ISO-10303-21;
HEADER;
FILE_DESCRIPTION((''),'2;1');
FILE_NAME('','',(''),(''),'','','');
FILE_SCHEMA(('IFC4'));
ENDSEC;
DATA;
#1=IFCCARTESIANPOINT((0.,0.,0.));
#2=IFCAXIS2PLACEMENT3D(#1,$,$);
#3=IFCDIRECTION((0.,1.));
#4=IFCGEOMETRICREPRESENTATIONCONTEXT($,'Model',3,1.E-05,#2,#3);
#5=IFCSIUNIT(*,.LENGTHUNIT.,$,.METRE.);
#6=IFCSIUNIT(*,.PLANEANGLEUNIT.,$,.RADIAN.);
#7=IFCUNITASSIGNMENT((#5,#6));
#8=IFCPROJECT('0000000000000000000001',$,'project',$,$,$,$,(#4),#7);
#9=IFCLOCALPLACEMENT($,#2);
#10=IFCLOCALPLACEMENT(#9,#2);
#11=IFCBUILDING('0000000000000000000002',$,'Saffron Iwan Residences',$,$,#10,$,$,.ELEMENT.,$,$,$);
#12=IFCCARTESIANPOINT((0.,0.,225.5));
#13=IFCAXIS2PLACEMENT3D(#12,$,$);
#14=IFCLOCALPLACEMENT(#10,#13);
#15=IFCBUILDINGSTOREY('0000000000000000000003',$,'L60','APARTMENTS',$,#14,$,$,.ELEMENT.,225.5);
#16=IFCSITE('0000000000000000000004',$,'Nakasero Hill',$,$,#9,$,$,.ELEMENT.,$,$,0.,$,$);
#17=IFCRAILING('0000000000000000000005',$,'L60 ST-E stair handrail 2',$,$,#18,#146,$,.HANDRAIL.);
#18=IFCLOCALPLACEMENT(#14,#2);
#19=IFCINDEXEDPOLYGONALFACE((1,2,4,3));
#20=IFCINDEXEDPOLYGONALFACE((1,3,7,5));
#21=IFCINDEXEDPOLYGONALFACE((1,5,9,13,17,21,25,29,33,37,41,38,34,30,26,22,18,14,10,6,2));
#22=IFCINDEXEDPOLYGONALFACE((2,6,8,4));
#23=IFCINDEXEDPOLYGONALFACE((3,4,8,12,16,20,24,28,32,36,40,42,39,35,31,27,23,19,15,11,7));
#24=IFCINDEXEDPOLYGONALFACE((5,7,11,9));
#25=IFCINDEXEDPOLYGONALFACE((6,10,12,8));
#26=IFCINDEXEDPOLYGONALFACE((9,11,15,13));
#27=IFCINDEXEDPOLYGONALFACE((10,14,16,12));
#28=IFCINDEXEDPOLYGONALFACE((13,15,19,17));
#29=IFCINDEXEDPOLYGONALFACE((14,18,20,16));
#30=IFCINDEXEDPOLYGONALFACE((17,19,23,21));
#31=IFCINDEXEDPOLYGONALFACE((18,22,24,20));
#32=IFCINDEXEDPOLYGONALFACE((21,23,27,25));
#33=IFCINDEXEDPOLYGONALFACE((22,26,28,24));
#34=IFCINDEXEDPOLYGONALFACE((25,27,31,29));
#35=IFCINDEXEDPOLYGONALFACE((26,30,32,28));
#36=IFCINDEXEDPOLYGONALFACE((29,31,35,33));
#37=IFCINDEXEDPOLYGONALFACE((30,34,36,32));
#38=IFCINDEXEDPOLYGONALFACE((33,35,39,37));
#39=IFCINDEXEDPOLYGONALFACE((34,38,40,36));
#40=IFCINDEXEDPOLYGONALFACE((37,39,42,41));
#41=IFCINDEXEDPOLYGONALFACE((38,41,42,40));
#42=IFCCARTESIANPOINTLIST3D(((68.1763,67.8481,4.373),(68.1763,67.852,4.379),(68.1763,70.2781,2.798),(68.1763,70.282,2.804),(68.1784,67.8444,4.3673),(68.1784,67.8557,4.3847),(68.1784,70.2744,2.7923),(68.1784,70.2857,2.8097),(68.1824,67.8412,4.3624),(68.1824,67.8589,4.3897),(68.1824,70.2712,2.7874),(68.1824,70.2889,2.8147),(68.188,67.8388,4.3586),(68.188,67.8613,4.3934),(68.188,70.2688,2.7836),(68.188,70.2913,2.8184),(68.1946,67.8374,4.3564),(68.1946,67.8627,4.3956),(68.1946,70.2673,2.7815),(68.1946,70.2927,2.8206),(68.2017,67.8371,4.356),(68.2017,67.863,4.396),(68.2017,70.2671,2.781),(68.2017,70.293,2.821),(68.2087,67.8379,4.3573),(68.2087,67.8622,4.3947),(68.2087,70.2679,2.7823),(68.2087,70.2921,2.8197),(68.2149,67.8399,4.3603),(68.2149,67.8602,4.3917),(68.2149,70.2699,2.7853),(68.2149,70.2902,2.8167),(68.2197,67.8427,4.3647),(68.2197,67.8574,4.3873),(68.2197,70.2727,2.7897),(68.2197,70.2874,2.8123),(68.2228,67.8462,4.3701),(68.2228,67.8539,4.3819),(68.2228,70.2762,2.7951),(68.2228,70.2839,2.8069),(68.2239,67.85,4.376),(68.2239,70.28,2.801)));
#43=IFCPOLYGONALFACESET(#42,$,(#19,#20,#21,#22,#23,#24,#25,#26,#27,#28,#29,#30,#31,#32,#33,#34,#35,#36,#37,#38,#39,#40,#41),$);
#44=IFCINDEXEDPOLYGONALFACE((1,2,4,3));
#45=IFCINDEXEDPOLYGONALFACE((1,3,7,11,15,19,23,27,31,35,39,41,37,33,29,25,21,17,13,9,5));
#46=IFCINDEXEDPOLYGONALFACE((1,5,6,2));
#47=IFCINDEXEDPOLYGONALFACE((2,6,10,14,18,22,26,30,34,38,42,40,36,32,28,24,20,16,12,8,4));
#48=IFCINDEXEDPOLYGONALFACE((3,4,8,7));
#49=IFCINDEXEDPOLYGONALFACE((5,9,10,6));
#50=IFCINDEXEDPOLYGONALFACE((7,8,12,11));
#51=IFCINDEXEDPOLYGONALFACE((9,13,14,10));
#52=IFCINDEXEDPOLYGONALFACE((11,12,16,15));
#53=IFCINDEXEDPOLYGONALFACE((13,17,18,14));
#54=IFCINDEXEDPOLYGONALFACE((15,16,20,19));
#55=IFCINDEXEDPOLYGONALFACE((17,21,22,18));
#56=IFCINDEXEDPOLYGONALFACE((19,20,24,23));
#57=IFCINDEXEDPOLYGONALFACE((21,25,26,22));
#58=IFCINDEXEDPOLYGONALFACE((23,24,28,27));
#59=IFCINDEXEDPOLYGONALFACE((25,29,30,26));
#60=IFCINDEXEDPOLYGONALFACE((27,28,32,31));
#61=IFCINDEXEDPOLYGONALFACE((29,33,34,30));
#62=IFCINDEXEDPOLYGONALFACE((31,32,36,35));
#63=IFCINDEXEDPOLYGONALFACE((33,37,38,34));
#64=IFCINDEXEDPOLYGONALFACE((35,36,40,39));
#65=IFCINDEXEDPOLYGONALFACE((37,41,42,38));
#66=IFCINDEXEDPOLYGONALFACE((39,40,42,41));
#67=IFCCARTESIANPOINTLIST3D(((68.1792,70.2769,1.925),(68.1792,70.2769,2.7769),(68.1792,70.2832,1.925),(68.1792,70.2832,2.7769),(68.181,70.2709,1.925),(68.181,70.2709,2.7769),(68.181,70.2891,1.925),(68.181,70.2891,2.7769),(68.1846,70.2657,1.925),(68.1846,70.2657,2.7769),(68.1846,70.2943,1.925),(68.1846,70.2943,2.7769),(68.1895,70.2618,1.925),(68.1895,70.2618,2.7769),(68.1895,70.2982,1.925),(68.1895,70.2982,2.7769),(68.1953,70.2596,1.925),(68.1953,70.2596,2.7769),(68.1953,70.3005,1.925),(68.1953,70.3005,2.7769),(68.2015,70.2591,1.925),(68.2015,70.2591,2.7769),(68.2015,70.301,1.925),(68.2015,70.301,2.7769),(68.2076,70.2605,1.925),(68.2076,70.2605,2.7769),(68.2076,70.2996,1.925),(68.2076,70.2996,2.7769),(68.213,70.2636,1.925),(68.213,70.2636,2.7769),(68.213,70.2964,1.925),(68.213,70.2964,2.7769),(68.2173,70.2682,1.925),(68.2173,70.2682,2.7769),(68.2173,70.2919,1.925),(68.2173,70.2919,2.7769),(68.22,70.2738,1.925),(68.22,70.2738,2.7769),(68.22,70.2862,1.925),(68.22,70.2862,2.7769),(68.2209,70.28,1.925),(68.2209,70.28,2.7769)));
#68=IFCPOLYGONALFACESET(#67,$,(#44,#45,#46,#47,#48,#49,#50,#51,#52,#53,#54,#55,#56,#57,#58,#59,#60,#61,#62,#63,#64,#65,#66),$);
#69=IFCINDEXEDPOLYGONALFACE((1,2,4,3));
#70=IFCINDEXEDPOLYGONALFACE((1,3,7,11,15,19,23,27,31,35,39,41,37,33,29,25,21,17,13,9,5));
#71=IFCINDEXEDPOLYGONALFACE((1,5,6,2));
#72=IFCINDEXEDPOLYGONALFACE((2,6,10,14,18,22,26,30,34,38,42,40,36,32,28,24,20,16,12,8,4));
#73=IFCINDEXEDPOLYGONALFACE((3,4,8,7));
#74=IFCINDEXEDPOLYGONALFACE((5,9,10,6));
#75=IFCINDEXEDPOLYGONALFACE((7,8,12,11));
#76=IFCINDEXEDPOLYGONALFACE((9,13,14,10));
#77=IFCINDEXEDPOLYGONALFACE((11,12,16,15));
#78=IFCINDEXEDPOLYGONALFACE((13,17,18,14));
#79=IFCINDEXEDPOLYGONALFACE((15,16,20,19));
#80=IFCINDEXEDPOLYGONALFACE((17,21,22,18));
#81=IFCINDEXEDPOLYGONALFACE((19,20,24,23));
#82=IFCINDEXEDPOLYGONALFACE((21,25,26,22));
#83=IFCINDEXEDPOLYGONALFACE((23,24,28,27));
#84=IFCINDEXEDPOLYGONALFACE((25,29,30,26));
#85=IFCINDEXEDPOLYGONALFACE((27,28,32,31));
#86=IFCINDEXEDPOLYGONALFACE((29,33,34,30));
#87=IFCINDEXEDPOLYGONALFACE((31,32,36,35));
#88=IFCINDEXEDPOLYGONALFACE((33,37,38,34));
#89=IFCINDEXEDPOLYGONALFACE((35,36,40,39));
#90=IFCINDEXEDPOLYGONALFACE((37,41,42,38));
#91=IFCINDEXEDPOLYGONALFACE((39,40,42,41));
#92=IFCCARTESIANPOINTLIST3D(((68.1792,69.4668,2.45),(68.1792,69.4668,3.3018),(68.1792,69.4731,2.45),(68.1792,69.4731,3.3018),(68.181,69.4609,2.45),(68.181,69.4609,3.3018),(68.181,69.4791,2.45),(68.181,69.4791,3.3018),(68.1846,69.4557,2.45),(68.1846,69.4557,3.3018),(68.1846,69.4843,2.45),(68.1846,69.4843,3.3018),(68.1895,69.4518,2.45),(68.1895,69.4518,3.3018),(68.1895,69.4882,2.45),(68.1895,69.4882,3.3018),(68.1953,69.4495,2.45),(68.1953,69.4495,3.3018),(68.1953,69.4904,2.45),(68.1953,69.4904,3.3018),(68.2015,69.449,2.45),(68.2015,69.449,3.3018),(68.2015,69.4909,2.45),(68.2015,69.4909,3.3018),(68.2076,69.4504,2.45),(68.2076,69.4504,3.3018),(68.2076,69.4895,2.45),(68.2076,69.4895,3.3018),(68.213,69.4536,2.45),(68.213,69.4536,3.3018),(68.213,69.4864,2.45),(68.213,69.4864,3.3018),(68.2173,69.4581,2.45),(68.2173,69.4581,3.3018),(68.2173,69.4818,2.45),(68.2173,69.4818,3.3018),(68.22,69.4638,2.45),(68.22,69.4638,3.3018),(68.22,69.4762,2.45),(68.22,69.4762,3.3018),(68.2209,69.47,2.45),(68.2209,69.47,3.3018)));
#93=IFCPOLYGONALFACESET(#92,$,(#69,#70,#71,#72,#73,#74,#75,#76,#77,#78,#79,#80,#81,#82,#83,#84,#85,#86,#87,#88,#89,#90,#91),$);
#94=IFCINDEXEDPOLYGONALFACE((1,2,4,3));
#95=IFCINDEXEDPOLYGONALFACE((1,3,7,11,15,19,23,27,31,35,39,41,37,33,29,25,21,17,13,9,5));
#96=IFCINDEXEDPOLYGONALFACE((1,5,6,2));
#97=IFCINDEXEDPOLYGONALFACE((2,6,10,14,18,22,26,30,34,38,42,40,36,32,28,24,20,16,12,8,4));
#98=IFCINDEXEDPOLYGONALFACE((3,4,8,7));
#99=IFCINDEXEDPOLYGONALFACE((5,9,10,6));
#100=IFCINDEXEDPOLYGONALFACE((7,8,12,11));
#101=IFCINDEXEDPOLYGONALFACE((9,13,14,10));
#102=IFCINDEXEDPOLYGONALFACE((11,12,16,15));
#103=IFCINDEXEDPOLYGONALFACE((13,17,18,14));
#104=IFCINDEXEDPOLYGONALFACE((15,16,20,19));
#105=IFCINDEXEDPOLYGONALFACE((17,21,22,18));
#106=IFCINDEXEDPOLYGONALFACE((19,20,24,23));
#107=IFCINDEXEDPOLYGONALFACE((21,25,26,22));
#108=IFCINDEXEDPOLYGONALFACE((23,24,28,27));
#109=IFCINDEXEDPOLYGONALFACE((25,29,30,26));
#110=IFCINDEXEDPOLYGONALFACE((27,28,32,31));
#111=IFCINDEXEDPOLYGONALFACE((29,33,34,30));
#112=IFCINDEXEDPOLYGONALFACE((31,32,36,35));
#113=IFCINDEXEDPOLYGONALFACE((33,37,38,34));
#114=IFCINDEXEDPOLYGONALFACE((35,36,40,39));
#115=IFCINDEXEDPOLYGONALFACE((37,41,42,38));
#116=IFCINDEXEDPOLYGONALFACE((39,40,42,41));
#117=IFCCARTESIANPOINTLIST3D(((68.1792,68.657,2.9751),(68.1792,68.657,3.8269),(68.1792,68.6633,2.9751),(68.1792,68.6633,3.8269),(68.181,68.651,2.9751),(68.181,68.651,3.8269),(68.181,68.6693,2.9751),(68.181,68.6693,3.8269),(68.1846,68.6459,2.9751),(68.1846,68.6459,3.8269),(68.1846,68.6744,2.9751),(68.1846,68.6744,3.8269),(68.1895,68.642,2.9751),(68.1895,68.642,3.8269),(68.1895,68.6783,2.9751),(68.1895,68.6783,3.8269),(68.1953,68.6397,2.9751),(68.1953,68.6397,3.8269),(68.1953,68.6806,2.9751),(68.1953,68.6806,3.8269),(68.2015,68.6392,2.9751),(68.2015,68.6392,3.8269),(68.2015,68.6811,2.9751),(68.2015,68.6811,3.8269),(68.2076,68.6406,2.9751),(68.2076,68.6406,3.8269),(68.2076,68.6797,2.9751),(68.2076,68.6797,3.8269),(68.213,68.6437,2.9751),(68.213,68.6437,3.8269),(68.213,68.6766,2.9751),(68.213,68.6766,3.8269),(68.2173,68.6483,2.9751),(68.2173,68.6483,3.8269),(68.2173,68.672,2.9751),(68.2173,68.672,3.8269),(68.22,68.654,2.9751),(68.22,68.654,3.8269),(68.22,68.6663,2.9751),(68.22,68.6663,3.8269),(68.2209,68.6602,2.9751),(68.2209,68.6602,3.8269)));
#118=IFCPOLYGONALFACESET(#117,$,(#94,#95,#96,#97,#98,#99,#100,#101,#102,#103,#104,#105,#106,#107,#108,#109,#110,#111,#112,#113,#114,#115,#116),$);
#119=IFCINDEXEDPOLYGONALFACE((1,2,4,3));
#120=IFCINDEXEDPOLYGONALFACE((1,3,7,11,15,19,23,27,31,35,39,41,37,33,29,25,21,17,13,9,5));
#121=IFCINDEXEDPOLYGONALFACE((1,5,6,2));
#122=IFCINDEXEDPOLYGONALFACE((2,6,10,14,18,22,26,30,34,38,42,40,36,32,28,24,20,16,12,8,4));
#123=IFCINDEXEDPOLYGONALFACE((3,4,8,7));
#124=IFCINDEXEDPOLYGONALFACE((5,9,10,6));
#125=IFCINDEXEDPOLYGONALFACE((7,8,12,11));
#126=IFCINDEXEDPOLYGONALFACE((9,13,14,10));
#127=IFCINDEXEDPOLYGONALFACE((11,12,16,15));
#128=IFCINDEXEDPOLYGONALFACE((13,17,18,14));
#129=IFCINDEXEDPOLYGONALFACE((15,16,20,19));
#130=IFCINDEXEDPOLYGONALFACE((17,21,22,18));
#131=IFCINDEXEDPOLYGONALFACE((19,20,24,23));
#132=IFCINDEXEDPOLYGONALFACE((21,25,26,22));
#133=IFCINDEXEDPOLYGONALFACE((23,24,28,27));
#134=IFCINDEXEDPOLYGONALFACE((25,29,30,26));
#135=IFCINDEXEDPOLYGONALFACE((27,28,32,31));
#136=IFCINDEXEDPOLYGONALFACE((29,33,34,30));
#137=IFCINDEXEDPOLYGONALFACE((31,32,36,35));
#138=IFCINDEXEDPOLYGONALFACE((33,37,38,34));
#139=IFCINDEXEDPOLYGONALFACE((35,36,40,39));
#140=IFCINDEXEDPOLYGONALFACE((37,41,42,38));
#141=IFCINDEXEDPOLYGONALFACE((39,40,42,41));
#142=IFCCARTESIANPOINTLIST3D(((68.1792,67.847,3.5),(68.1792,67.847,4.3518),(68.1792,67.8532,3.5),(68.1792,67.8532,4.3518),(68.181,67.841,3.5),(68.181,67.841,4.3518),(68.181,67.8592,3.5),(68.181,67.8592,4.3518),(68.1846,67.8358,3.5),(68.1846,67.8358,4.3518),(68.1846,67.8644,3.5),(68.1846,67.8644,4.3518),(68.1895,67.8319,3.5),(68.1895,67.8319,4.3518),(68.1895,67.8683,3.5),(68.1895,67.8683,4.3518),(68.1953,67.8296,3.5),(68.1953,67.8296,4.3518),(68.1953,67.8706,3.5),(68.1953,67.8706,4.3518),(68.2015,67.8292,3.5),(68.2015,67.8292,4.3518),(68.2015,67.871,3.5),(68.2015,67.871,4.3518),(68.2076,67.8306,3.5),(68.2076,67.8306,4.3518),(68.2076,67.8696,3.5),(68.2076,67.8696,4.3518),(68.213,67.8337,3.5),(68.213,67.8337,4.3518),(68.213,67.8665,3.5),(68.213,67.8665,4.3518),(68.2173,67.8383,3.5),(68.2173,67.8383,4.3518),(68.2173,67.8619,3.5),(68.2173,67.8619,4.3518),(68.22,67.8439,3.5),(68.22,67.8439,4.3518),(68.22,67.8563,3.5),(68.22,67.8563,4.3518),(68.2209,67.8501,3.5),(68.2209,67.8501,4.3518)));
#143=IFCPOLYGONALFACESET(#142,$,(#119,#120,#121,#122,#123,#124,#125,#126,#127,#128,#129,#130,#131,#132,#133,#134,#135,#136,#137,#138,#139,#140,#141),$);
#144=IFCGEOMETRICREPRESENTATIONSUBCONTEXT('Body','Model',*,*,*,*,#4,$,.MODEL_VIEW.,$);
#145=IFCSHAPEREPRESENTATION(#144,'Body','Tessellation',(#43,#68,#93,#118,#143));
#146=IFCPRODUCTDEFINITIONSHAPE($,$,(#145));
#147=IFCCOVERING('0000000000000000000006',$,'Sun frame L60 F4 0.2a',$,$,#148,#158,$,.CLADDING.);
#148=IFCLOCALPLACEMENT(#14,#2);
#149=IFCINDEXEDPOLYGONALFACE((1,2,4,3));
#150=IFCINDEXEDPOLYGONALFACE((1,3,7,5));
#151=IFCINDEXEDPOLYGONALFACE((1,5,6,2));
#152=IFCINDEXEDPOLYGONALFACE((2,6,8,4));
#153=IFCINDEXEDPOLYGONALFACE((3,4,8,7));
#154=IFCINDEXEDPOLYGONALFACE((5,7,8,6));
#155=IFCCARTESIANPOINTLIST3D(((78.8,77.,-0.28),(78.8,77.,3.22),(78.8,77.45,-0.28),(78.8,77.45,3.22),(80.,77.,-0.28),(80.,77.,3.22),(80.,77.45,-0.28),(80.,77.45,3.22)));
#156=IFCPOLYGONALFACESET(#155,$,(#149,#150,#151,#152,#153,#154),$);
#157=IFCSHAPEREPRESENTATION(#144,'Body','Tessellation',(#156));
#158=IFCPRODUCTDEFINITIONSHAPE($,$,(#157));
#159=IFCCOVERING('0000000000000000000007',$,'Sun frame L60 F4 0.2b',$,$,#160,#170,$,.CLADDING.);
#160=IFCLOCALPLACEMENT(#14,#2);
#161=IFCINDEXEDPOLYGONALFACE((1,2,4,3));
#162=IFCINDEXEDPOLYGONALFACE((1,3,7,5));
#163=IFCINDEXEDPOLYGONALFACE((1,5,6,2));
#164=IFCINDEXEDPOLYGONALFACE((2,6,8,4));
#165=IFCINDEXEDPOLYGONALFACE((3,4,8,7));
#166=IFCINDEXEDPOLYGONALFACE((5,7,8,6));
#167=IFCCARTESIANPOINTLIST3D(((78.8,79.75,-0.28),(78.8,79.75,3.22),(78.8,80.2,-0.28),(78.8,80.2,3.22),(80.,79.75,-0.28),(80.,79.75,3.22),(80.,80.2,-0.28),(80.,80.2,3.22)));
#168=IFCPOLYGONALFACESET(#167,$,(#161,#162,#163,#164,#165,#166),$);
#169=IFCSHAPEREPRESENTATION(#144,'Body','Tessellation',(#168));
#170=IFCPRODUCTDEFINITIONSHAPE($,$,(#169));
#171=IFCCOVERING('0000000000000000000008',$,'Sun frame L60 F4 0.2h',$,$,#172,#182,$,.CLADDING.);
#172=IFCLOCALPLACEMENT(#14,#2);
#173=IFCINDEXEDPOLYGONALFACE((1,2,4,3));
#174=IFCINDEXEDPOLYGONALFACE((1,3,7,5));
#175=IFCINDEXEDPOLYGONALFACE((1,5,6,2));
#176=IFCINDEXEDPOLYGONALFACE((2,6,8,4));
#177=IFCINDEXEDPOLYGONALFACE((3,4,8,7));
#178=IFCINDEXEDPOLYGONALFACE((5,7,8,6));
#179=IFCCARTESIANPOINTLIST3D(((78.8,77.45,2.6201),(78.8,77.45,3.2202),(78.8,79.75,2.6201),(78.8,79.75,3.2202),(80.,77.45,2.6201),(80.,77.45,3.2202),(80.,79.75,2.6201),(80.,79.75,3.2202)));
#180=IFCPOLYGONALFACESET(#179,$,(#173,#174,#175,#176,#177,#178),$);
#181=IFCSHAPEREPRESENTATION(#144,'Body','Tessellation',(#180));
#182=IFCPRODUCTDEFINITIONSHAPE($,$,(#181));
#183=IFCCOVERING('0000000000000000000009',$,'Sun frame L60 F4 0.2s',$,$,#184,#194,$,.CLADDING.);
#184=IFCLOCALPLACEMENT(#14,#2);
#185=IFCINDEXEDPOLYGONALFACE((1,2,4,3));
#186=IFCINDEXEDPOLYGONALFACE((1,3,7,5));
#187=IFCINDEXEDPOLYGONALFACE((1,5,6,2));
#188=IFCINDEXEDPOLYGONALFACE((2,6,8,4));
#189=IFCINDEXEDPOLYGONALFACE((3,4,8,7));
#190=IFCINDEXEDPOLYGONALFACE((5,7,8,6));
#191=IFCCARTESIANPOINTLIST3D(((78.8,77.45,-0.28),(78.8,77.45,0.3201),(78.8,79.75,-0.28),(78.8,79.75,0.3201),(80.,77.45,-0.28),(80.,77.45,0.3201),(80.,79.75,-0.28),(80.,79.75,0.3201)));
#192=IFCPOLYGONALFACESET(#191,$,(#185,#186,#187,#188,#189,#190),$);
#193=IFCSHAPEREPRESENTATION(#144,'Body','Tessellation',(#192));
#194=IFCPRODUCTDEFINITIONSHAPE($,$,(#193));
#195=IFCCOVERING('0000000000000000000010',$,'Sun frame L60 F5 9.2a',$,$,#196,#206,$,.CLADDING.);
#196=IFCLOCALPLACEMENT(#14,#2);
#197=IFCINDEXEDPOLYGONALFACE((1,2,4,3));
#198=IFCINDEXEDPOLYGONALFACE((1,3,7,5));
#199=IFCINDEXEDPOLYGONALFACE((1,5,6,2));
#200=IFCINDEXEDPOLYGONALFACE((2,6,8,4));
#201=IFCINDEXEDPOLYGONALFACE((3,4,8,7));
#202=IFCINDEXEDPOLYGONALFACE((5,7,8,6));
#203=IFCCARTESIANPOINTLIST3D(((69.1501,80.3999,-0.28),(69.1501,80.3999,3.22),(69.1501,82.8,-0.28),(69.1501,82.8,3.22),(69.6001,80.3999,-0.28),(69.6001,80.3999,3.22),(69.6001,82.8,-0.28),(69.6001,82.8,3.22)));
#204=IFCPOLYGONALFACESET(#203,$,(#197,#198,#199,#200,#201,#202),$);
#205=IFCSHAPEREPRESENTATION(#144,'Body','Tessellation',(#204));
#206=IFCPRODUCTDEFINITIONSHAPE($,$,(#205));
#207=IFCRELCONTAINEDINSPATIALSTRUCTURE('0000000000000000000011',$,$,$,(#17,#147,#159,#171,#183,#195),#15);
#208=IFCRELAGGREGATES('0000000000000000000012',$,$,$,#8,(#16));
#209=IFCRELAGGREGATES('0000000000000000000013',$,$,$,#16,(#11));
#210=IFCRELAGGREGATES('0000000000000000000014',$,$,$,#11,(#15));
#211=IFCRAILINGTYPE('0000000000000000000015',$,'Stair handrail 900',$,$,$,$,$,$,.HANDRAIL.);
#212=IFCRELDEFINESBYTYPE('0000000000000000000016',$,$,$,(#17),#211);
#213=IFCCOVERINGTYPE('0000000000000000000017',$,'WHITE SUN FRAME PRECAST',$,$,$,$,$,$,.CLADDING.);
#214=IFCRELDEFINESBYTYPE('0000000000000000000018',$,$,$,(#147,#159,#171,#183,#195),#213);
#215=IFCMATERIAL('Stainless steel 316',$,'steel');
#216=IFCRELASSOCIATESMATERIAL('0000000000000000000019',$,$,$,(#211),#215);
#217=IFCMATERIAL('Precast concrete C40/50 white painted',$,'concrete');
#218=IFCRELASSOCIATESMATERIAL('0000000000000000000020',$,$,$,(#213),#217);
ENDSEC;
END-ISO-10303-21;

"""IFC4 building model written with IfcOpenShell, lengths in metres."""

from ifc_helpers import new_model, si_unit, direction, frame, origin, origin_2d, place, context, subcontext, project, spatial, polyline, circle, outline, extrude, material, type_object, element, save


model = new_model("IFC4")

# Units and contexts
model_context = context("Model", 3, precision=1e-05, world=origin(), true_north=direction((0.0, 1.0)))
body_context = subcontext(model_context, "Body", "Model", "MODEL_VIEW")
ifc_project = project(units=[si_unit("LENGTHUNIT", "METRE"), si_unit("PLANEANGLEUNIT", "RADIAN")], contexts=[model_context])

# Site, building, storey
site_placement = place(None, origin())
site = spatial("IfcSite", under=ifc_project, at=site_placement, Name="Nakasero Hill", CompositionType="ELEMENT", RefElevation=0.0)
building_placement = place(site_placement, origin())
building = spatial("IfcBuilding", under=site, at=building_placement, Name="Saffron Iwan Residences", CompositionType="ELEMENT")
storey_placement = place(building_placement, frame((0.0, 0.0, 225.5)))
storey = spatial("IfcBuildingStorey", under=building, at=storey_placement, Name="L60", Description="APARTMENTS", CompositionType="ELEMENT", Elevation=225.5)

# Railing
ifc_material_1 = material(Name="Stainless steel 316", Category="steel")
railing_type = type_object("IfcRailingType", Name="Stair handrail 900", PredefinedType="HANDRAIL", material=ifc_material_1)
railing_placement = place(storey_placement, frame((68.2, 70.28, 1.925)))
element("IfcRailing", 1, at=railing_placement, inside=storey, type_object=railing_type, Name="L60 ST-E stair handrail 2", PredefinedType="HANDRAIL", context=body_context, shape_type="SweptSolid", body=[
    extrude(circle(Radius=0.0239, at=origin_2d()), frame((0.0, 0.0, 0.876), z_axis=(0.0, -0.839154, 0.543894), x_axis=(1.0, 0.0, 0.0)), (0.0, 0.0, 1.0), 2.8958),
    extrude(circle(Radius=0.021, at=origin_2d()), origin(), (0.0, 0.0, 1.0), 0.8518),
    extrude(circle(Radius=0.021, at=origin_2d()), frame((0.0, -0.8101, 0.5249)), (0.0, 0.0, 1.0), 0.8518),
    extrude(circle(Radius=0.021, at=origin_2d()), frame((0.0, -1.6199, 1.05)), (0.0, 0.0, 1.0), 0.8518),
    extrude(circle(Radius=0.021, at=origin_2d()), frame((0.0, -2.4299, 1.575)), (0.0, 0.0, 1.0), 0.8518),
])

# Coverings
ifc_material_2 = material(Name="Precast concrete C40/50 white painted", Category="concrete")
covering_type_1 = type_object("IfcCoveringType", Name="WHITE SUN FRAME PRECAST", PredefinedType="CLADDING", material=ifc_material_2)
for number, where, z_axis, x_axis, name in (
    (2, (78.8, 77.0, -0.28), (1.0, 0.0, 0.0), (0.0, 1.0, 0.0), "Sun frame L60 F4 0.2a"),
    (3, (78.8, 79.75, -0.28), (1.0, 0.0, 0.0), (0.0, 1.0, 0.0), "Sun frame L60 F4 0.2b"),
):
    element("IfcCovering", number, at=place(storey_placement, frame(where, z_axis=z_axis, x_axis=x_axis)), inside=storey, type_object=covering_type_1, Name=name, PredefinedType="CLADDING", context=body_context, shape_type="SweptSolid", body=[
        extrude(outline(polyline([(0.0, 0.0), (0.45, 0.0), (0.45, 3.5), (0.0, 3.5), (0.0, 0.0)])), origin(), (0.0, 0.0, 1.0), 1.2),
    ])
for number, where, z_axis, x_axis, name in (
    (4, (78.8, 77.45, 2.6201), (1.0, 0.0, 0.0), (0.0, 1.0, 0.0), "Sun frame L60 F4 0.2h"),
    (5, (78.8, 77.45, -0.28), (1.0, 0.0, 0.0), (0.0, 1.0, 0.0), "Sun frame L60 F4 0.2s"),
):
    element("IfcCovering", number, at=place(storey_placement, frame(where, z_axis=z_axis, x_axis=x_axis)), inside=storey, type_object=covering_type_1, Name=name, PredefinedType="CLADDING", context=body_context, shape_type="SweptSolid", body=[
        extrude(outline(polyline([(0.0, 0.0), (2.3, 0.0), (2.3, 0.6001), (0.0, 0.6001), (0.0, 0.0)])), origin(), (0.0, 0.0, 1.0), 1.2),
    ])
covering_1_placement = place(storey_placement, frame((69.6001, 80.3999, -0.28), z_axis=(0.0, 1.0, 0.0), x_axis=(-1.0, 0.0, 0.0)))
element("IfcCovering", 6, at=covering_1_placement, inside=storey, type_object=covering_type_1, Name="Sun frame L60 F5 9.2a", PredefinedType="CLADDING", context=body_context, shape_type="SweptSolid", body=[
    extrude(outline(polyline([(0.0, 0.0), (0.45, 0.0), (0.45, 3.5), (0.0, 3.5), (0.0, 0.0)])), origin(), (0.0, 0.0, 1.0), 2.4001),
])

save(model, "model.ifc")
